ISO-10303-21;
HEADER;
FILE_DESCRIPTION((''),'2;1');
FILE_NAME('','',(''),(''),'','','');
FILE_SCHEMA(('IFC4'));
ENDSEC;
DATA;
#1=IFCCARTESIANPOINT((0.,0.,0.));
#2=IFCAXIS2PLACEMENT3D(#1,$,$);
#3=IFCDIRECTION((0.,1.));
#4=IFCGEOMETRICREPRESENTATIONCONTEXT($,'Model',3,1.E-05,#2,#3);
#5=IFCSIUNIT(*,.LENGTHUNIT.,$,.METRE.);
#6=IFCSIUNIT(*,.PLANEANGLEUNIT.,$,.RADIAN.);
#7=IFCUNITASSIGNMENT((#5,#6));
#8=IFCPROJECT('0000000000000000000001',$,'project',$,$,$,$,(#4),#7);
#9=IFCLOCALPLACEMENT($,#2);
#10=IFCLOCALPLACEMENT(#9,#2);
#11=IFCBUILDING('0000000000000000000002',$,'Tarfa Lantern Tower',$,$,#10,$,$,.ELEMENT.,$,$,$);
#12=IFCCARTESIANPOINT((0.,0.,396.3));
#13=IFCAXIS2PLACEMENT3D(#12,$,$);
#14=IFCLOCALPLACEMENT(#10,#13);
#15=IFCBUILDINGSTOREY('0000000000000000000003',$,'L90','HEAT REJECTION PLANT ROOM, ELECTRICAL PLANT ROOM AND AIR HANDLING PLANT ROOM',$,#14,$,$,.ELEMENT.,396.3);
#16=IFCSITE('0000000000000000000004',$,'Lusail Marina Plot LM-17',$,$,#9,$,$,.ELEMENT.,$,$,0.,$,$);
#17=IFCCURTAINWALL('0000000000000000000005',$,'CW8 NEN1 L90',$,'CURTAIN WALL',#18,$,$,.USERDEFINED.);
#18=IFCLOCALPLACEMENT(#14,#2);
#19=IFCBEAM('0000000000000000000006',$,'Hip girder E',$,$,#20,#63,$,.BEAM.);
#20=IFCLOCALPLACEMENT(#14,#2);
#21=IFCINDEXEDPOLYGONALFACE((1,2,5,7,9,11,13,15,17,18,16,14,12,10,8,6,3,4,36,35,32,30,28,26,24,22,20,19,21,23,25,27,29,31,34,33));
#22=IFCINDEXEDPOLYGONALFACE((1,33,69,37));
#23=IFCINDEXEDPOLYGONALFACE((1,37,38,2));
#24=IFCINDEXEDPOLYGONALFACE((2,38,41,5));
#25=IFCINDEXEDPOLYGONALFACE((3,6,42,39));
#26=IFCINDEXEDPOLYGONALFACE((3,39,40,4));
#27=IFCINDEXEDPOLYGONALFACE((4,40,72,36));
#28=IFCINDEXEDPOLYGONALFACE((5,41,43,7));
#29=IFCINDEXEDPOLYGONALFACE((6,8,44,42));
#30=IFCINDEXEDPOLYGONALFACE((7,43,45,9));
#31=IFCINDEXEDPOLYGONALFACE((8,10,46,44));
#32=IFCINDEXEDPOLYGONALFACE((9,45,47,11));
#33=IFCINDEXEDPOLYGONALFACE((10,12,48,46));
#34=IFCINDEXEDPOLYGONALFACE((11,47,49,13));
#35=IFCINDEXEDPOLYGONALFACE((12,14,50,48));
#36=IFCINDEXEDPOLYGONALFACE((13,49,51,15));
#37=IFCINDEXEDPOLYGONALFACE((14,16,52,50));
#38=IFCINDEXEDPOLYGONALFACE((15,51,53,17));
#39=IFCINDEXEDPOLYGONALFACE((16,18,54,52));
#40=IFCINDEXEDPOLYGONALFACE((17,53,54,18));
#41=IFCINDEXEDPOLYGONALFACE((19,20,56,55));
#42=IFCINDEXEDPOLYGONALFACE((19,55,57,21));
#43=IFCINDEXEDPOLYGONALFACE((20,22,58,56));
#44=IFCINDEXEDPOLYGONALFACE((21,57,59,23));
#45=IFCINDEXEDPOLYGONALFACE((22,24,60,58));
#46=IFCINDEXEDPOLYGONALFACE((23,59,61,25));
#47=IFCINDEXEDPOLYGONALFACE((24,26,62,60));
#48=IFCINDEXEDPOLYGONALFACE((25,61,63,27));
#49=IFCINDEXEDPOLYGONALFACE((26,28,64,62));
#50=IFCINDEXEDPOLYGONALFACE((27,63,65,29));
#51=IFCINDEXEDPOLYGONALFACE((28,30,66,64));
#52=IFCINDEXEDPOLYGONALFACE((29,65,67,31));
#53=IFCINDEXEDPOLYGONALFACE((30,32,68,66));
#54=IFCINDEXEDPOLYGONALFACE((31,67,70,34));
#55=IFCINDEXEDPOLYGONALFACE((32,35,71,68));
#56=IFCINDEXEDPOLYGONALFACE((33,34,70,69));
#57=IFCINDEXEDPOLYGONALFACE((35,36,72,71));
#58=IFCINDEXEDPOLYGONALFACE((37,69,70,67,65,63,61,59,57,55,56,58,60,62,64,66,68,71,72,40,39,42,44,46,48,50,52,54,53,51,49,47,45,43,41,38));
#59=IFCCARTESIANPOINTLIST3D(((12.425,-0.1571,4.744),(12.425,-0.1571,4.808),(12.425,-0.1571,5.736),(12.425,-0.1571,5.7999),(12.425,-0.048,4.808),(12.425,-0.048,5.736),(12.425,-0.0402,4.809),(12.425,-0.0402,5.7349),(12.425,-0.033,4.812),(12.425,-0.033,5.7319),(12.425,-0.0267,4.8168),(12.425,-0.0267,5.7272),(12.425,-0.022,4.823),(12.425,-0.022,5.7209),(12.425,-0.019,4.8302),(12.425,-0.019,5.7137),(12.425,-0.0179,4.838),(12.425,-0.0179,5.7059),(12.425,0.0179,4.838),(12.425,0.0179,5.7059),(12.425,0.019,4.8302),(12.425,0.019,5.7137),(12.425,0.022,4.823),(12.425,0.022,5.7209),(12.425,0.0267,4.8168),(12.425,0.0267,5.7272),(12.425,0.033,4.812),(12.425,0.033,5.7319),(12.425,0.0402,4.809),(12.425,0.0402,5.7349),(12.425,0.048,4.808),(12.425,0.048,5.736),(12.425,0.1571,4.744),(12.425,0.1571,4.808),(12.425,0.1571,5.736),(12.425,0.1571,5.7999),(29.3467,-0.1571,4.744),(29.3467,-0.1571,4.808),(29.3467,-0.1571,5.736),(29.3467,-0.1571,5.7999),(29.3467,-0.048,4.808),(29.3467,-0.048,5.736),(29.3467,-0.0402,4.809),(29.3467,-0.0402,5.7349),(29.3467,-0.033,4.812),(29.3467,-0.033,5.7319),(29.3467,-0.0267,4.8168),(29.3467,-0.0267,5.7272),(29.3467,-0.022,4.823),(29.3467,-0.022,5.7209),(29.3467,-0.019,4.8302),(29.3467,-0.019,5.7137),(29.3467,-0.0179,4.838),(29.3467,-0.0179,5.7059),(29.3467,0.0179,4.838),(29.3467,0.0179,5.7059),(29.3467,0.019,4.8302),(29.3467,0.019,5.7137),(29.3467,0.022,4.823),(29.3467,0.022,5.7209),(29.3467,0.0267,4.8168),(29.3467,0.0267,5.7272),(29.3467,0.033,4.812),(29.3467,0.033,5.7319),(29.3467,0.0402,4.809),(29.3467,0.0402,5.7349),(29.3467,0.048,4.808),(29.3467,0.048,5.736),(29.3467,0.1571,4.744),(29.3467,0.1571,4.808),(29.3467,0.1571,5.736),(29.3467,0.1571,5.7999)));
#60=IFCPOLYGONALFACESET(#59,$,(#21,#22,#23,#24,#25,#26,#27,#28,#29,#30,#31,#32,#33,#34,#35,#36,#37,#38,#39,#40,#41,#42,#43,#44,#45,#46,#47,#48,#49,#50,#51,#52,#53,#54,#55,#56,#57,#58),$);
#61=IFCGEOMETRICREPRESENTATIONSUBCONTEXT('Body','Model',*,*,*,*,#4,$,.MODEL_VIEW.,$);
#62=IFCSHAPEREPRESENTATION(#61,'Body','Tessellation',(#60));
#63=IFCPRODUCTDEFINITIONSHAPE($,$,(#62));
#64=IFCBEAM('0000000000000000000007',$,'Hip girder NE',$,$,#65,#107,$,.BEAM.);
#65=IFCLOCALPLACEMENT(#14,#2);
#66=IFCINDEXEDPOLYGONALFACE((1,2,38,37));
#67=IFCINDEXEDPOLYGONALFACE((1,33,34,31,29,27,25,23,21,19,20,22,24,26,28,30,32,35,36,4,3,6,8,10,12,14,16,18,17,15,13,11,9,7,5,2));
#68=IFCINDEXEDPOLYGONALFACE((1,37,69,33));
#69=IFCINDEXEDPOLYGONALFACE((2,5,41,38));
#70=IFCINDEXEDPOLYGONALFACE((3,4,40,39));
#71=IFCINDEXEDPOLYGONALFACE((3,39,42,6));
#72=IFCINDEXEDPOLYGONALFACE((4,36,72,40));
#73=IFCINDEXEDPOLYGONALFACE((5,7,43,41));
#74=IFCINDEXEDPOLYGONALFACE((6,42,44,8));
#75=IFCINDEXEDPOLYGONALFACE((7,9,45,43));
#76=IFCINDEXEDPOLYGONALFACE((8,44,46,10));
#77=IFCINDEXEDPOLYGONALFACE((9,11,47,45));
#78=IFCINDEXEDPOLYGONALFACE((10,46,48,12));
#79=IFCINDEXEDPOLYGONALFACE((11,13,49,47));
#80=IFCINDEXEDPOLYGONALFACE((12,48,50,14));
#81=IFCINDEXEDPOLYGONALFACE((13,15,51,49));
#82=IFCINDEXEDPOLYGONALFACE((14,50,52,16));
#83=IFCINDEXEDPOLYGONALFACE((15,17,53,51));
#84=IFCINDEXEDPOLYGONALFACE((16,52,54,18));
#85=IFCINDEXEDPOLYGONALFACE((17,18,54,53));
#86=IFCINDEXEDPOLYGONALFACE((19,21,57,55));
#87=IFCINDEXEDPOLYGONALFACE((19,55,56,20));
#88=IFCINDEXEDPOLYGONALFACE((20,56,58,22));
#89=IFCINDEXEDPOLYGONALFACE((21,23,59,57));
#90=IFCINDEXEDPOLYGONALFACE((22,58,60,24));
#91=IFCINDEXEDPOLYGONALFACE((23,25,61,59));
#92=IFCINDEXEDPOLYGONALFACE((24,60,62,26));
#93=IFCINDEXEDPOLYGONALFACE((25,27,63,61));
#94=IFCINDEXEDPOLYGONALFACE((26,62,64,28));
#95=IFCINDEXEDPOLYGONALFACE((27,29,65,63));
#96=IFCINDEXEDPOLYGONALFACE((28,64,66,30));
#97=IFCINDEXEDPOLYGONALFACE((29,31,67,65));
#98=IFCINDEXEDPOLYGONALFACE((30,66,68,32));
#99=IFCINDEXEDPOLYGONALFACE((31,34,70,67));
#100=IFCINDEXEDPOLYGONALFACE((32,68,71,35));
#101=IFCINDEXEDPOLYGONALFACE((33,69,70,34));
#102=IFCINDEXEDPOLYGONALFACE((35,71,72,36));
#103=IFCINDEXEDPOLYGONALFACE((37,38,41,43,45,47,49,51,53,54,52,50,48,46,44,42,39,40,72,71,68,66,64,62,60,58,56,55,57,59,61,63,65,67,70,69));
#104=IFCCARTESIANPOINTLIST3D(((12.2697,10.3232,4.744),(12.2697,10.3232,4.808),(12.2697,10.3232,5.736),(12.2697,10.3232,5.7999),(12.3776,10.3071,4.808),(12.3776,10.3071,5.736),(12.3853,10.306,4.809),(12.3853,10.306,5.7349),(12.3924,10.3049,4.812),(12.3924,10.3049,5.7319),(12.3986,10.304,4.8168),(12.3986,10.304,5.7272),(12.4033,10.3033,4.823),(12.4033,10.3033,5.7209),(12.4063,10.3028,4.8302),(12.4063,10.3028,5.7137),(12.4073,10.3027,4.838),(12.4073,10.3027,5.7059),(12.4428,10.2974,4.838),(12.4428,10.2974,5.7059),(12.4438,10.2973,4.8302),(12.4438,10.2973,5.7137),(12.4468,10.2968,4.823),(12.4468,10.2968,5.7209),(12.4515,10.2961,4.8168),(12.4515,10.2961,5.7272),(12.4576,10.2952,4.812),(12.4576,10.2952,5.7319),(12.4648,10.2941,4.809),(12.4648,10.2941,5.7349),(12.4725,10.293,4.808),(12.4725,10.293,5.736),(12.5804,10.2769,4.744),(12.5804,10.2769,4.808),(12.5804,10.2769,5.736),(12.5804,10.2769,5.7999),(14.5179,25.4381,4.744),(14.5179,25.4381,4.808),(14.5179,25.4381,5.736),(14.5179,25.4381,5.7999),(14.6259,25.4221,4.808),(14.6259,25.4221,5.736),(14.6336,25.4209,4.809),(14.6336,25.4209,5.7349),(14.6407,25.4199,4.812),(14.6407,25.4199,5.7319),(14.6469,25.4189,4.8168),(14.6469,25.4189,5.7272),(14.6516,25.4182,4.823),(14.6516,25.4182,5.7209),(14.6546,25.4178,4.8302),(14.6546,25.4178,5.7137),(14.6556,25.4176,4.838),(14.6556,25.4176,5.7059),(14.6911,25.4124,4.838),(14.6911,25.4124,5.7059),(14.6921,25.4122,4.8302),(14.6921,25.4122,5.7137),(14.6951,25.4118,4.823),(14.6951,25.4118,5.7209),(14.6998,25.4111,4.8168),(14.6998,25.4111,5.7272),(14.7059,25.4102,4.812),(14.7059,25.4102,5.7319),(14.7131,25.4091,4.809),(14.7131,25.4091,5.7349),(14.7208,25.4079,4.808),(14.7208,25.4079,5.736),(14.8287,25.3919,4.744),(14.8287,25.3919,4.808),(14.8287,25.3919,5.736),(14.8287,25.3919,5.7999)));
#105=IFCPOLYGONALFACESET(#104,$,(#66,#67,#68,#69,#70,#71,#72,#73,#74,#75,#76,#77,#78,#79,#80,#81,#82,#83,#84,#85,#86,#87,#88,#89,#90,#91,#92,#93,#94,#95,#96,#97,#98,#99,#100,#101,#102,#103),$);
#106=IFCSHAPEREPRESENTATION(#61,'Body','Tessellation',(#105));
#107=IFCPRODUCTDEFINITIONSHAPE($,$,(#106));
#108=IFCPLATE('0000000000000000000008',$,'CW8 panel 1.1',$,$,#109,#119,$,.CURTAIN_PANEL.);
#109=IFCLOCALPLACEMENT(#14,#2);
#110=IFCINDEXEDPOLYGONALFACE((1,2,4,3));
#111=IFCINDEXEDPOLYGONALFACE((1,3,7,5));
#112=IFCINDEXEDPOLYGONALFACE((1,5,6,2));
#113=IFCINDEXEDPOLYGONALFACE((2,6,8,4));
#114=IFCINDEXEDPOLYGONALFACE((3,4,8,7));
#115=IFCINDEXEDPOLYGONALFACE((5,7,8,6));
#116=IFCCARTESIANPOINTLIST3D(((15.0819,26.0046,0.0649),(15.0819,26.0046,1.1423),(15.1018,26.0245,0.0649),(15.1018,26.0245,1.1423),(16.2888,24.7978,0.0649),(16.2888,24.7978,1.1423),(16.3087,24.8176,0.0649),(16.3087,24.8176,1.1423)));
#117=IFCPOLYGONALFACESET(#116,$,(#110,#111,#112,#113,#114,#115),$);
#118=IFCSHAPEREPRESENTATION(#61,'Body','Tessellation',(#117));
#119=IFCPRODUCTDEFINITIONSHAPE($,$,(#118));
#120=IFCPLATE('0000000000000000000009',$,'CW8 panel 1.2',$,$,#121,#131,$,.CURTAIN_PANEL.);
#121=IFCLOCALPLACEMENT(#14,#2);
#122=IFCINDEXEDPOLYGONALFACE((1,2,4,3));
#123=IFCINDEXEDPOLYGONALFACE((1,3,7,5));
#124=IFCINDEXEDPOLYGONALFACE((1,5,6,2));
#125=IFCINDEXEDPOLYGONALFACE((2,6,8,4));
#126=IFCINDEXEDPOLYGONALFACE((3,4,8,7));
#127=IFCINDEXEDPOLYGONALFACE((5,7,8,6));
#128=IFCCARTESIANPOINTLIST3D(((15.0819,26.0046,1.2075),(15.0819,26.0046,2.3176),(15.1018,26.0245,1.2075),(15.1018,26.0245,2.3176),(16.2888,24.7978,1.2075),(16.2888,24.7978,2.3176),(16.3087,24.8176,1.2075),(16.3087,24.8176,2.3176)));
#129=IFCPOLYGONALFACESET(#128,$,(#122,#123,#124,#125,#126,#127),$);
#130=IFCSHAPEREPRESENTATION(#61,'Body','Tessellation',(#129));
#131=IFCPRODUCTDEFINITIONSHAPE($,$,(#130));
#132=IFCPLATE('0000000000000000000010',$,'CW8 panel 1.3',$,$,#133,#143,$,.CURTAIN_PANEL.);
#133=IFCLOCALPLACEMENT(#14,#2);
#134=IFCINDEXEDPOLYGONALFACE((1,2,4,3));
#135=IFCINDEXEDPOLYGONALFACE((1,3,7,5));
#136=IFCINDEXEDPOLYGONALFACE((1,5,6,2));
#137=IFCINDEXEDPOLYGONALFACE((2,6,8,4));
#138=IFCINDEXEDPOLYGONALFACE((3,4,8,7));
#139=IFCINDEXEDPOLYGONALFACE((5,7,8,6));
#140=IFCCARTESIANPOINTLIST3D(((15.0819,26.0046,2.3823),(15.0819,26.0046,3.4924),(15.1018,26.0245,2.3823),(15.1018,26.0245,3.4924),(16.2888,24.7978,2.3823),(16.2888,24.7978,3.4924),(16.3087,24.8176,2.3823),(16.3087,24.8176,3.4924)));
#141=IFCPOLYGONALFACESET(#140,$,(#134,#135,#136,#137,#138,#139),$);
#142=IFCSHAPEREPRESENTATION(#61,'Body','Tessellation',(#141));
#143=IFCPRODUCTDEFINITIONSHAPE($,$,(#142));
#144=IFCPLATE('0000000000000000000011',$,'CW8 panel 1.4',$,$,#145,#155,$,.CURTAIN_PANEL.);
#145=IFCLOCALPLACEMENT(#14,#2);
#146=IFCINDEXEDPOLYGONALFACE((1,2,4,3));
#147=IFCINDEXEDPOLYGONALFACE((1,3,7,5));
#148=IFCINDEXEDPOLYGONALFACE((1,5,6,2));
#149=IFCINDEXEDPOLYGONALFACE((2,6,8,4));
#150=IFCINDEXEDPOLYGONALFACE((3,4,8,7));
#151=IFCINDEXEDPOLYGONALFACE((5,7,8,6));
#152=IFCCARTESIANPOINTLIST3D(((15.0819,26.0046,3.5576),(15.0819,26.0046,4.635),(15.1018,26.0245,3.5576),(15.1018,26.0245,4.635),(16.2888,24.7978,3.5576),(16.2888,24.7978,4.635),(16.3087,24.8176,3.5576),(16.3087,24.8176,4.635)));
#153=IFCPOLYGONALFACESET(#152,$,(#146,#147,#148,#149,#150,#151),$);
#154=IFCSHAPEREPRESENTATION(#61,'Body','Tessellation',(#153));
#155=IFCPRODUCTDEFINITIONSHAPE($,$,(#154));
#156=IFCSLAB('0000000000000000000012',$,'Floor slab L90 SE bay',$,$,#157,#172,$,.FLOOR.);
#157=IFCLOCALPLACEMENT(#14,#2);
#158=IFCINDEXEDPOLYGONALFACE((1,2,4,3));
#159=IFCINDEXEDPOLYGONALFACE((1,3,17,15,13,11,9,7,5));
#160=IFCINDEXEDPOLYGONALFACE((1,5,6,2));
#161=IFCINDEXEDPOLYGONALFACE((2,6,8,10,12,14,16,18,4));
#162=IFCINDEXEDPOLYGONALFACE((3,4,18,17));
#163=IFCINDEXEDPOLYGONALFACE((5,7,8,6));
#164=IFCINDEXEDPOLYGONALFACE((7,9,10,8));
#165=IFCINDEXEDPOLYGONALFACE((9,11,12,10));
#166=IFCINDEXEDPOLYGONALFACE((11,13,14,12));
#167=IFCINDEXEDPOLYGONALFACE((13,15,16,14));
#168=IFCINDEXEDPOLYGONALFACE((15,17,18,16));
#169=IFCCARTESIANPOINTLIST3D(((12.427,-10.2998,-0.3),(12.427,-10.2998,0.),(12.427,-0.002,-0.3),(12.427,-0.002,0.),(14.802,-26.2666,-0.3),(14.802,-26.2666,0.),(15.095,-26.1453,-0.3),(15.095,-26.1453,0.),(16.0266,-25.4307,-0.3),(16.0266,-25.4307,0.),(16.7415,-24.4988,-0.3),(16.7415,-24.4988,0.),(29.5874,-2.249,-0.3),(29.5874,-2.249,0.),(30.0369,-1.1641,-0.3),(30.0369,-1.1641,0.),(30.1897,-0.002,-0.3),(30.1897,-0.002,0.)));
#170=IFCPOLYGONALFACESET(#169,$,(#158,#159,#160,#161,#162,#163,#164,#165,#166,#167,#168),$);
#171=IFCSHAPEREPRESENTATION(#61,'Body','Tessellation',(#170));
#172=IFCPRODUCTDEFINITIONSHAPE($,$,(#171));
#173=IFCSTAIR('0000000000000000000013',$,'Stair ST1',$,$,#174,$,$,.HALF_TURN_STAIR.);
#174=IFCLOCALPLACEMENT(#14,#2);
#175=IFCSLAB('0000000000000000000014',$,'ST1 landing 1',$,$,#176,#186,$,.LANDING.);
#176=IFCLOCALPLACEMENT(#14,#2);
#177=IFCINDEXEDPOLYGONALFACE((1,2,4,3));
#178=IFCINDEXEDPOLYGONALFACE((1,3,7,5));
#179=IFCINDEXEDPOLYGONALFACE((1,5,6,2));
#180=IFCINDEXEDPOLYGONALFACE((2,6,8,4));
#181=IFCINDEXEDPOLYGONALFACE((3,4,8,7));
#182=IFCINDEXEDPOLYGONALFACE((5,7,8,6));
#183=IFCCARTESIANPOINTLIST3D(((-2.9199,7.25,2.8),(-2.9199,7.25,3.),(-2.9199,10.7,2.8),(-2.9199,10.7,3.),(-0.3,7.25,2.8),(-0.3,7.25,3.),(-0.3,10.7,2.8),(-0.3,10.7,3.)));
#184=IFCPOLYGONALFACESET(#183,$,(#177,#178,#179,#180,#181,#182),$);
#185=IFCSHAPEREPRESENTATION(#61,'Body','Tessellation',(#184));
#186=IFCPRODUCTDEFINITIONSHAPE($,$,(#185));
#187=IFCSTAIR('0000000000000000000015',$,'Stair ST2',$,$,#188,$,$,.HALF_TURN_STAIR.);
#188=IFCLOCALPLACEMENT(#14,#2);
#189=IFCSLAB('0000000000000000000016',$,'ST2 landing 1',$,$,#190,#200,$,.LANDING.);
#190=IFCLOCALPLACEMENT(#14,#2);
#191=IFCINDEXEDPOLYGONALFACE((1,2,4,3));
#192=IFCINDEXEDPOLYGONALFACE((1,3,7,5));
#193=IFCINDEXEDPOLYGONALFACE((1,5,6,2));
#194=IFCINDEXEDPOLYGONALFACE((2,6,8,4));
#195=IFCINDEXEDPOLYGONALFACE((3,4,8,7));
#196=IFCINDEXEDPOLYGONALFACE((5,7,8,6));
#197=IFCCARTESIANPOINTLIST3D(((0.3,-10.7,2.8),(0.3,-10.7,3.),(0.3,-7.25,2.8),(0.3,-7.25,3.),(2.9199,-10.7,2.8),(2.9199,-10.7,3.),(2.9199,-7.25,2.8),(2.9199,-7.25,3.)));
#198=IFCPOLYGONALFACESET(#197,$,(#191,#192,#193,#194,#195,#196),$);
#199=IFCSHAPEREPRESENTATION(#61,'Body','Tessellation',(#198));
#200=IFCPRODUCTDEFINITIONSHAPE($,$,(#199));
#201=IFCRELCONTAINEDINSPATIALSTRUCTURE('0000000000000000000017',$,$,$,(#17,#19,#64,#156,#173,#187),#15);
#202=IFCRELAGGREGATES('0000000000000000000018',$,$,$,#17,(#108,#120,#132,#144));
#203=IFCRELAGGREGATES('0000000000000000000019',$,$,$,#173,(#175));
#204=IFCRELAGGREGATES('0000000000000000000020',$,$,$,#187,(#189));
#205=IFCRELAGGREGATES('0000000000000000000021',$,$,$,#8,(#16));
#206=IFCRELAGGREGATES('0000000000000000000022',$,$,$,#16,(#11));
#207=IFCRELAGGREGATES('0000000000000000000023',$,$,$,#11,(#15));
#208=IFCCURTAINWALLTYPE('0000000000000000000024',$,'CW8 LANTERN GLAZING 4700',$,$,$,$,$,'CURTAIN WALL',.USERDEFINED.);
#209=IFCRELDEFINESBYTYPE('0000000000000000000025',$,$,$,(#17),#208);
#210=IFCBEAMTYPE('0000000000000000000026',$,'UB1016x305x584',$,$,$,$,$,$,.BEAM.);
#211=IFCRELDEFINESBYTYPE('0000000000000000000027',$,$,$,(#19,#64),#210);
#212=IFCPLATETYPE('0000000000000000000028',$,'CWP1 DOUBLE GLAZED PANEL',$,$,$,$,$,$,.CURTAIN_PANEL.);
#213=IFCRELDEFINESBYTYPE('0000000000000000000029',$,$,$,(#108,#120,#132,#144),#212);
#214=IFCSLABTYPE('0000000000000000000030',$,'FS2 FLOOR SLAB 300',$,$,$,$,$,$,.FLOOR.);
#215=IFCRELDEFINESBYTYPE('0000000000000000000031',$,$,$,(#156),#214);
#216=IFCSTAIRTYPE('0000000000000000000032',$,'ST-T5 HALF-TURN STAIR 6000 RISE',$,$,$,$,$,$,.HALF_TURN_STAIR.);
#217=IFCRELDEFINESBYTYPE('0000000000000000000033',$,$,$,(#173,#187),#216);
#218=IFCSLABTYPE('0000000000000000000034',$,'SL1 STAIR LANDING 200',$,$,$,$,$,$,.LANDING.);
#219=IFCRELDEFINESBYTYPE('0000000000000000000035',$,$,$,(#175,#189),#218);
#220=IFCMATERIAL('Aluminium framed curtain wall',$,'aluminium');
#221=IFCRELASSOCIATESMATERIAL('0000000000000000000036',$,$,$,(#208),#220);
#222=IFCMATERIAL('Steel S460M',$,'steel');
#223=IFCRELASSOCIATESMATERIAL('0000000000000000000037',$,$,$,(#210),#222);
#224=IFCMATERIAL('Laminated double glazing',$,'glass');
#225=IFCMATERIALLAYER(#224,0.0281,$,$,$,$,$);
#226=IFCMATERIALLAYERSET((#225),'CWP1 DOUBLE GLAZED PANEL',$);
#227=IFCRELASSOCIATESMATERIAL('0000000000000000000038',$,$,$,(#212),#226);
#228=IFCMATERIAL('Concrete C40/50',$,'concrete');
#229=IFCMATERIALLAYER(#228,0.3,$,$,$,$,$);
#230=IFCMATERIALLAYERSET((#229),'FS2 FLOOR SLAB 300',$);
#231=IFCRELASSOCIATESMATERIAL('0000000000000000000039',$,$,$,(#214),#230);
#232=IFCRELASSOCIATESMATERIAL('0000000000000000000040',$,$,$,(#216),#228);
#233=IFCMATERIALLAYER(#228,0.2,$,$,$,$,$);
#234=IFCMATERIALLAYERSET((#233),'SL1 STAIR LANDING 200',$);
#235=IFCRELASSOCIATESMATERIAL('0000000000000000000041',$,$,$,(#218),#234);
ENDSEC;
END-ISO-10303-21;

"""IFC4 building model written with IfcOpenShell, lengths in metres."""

from ifc_helpers import new_model, si_unit, direction, frame, origin, origin_2d, place, context, subcontext, project, spatial, polyline, rectangle, i_section, outline, extrude, material, layer, layer_set, material_profile, profile_set, type_object, element, aggregate, save


model = new_model("IFC4")

# Units and contexts
model_context = context("Model", 3, precision=1e-05, world=origin(), true_north=direction((0.0, 1.0)))
body_context = subcontext(model_context, "Body", "Model", "MODEL_VIEW")
ifc_project = project(units=[si_unit("LENGTHUNIT", "METRE"), si_unit("PLANEANGLEUNIT", "RADIAN")], contexts=[model_context])

# Site, building, storey
site_placement = place(None, origin())
site = spatial("IfcSite", under=ifc_project, at=site_placement, Name="Lusail Marina Plot LM-17", CompositionType="ELEMENT", RefElevation=0.0)
building_placement = place(site_placement, origin())
building = spatial("IfcBuilding", under=site, at=building_placement, Name="Tarfa Lantern Tower", CompositionType="ELEMENT")
storey_placement = place(building_placement, frame((0.0, 0.0, 396.3)))
storey = spatial("IfcBuildingStorey", under=building, at=storey_placement, Name="L90", Description="HEAT REJECTION PLANT ROOM, ELECTRICAL PLANT ROOM AND AIR HANDLING PLANT ROOM", CompositionType="ELEMENT", Elevation=396.3)

# Curtain wall
ifc_material_1 = material(Name="Aluminium framed curtain wall", Category="aluminium")
curtain_wall_type = type_object("IfcCurtainWallType", Name="CW8 LANTERN GLAZING 4700", ElementType="CURTAIN WALL", PredefinedType="USERDEFINED", material=ifc_material_1)
curtain_wall_1_placement = place(storey_placement, origin())
curtain_wall_1 = element("IfcCurtainWall", 1, at=curtain_wall_1_placement, inside=storey, type_object=curtain_wall_type, Name="CW8 NEN1 L90", ObjectType="CURTAIN WALL", PredefinedType="USERDEFINED")

# Beams
ifc_material_2 = material(Name="Steel S460M", Category="steel")
ifc_material_profile_1 = material_profile(ifc_material_2, i_section(OverallWidth=0.3142, OverallDepth=1.0559, WebThickness=0.0359, FlangeThickness=0.064, FilletRadius=0.03, at=origin_2d()), Name="UB1016x305x584")
ifc_profile_set_1 = profile_set([ifc_material_profile_1], Name="Steel S460M")
beam_type = type_object("IfcBeamType", Name="UB1016x305x584", PredefinedType="BEAM", material=ifc_profile_set_1)
beam_1_placement = place(storey_placement, frame((12.425, 0.0, 5.272), z_axis=(1.0, 0.0, 0.0), x_axis=(0.0, 1.0, 0.0)))
element("IfcBeam", 2, at=beam_1_placement, inside=storey, type_object=beam_type, Name="Hip girder E", PredefinedType="BEAM", context=body_context, shape_type="SweptSolid", body=[
    extrude(i_section(OverallWidth=0.3142, OverallDepth=1.0559, WebThickness=0.0359, FlangeThickness=0.064, FilletRadius=0.03, at=origin_2d()), origin(), (0.0, 0.0, 1.0), 16.9216),
])
beam_2_placement = place(storey_placement, frame((12.425, 10.3, 5.272), z_axis=(0.147127, 0.989118, 0.0), x_axis=(-0.989118, 0.147127, 0.0)))
element("IfcBeam", 3, at=beam_2_placement, inside=storey, type_object=beam_type, Name="Hip girder NE", PredefinedType="BEAM", context=body_context, shape_type="SweptSolid", body=[
    extrude(i_section(OverallWidth=0.3142, OverallDepth=1.0559, WebThickness=0.0359, FlangeThickness=0.064, FilletRadius=0.03, at=origin_2d()), origin(), (0.0, 0.0, 1.0), 15.2812),
])

# Plates
ifc_material_3 = material(Name="Laminated double glazing", Category="glass")
ifc_layer_1 = layer(ifc_material_3, 0.0281)
ifc_layer_set_1 = layer_set([ifc_layer_1], Name="CWP1 DOUBLE GLAZED PANEL")
plate_type = type_object("IfcPlateType", Name="CWP1 DOUBLE GLAZED PANEL", PredefinedType="CURTAIN_PANEL", material=ifc_layer_set_1)
plate_1_placement = place(storey_placement, frame((15.6953, 25.4111, 0.0649), z_axis=(0.0, 0.0, 1.0), x_axis=(-0.707107, 0.707107, 0.0)))
plate_1 = element("IfcPlate", 4, at=plate_1_placement, type_object=plate_type, Name="CW8 panel 1.1", PredefinedType="CURTAIN_PANEL", context=body_context, shape_type="SweptSolid", body=[
    extrude(rectangle(XDim=1.7068, YDim=0.0281, at=origin_2d()), origin(), (0.0, 0.0, 1.0), 1.0774),
])
plate_2_placement = place(storey_placement, frame((15.6953, 25.4111, 1.2075), z_axis=(0.0, 0.0, 1.0), x_axis=(-0.707107, 0.707107, 0.0)))
plate_2 = element("IfcPlate", 5, at=plate_2_placement, type_object=plate_type, Name="CW8 panel 1.2", PredefinedType="CURTAIN_PANEL", context=body_context, shape_type="SweptSolid", body=[
    extrude(rectangle(XDim=1.7068, YDim=0.0281, at=origin_2d()), origin(), (0.0, 0.0, 1.0), 1.1101),
])
plate_3_placement = place(storey_placement, frame((15.6953, 25.4111, 2.3823), z_axis=(0.0, 0.0, 1.0), x_axis=(-0.707107, 0.707107, 0.0)))
plate_3 = element("IfcPlate", 6, at=plate_3_placement, type_object=plate_type, Name="CW8 panel 1.3", PredefinedType="CURTAIN_PANEL", context=body_context, shape_type="SweptSolid", body=[
    extrude(rectangle(XDim=1.7068, YDim=0.0281, at=origin_2d()), origin(), (0.0, 0.0, 1.0), 1.1101),
])
plate_4_placement = place(storey_placement, frame((15.6953, 25.4111, 3.5576), z_axis=(0.0, 0.0, 1.0), x_axis=(-0.707107, 0.707107, 0.0)))
plate_4 = element("IfcPlate", 7, at=plate_4_placement, type_object=plate_type, Name="CW8 panel 1.4", PredefinedType="CURTAIN_PANEL", context=body_context, shape_type="SweptSolid", body=[
    extrude(rectangle(XDim=1.7068, YDim=0.0281, at=origin_2d()), origin(), (0.0, 0.0, 1.0), 1.0774),
])
aggregate(curtain_wall_1, [plate_1, plate_2, plate_3, plate_4])

# Slab
ifc_material_4 = material(Name="Concrete C40/50", Category="concrete")
ifc_layer_2 = layer(ifc_material_4, 0.3)
ifc_layer_set_2 = layer_set([ifc_layer_2], Name="FS2 FLOOR SLAB 300")
slab_type_1 = type_object("IfcSlabType", Name="FS2 FLOOR SLAB 300", PredefinedType="FLOOR", material=ifc_layer_set_2)
slab_1_placement = place(storey_placement, frame((0.0, 0.0, -0.3)))
element("IfcSlab", 8, at=slab_1_placement, inside=storey, type_object=slab_type_1, Name="Floor slab L90 SE bay", PredefinedType="FLOOR", context=body_context, shape_type="SweptSolid", body=[
    extrude(outline(polyline([(12.427, -0.002), (12.427, -10.2998), (14.802, -26.2666), (15.095, -26.1453), (16.0266, -25.4307), (16.7415, -24.4988), (29.5874, -2.249), (30.0369, -1.1641), (30.1897, -0.002), (12.427, -0.002)])), origin(), (0.0, 0.0, 1.0), 0.3),
])

# Stairs, slabs
stair_type = type_object("IfcStairType", Name="ST-T5 HALF-TURN STAIR 6000 RISE", PredefinedType="HALF_TURN_STAIR", material=ifc_material_4)
stair_1_placement = place(storey_placement, origin())
stair_1 = element("IfcStair", 9, at=stair_1_placement, inside=storey, type_object=stair_type, Name="Stair ST1", PredefinedType="HALF_TURN_STAIR")
ifc_layer_3 = layer(ifc_material_4, 0.2)
ifc_layer_set_3 = layer_set([ifc_layer_3], Name="SL1 STAIR LANDING 200")
slab_type_2 = type_object("IfcSlabType", Name="SL1 STAIR LANDING 200", PredefinedType="LANDING", material=ifc_layer_set_3)
slab_2_placement = place(storey_placement, frame((0.0, 0.0, 2.8)))
slab_2 = element("IfcSlab", 10, at=slab_2_placement, type_object=slab_type_2, Name="ST1 landing 1", PredefinedType="LANDING", context=body_context, shape_type="SweptSolid", body=[
    extrude(outline(polyline([(-2.9199, 7.25), (-0.3, 7.25), (-0.3, 10.7), (-2.9199, 10.7), (-2.9199, 7.25)])), origin(), (0.0, 0.0, 1.0), 0.2),
])
aggregate(stair_1, [slab_2])
stair_2_placement = place(storey_placement, origin())
stair_2 = element("IfcStair", 11, at=stair_2_placement, inside=storey, type_object=stair_type, Name="Stair ST2", PredefinedType="HALF_TURN_STAIR")
slab_3_placement = place(storey_placement, frame((0.0, 0.0, 2.8)))
slab_3 = element("IfcSlab", 12, at=slab_3_placement, type_object=slab_type_2, Name="ST2 landing 1", PredefinedType="LANDING", context=body_context, shape_type="SweptSolid", body=[
    extrude(outline(polyline([(2.9199, -7.25), (0.3, -7.25), (0.3, -10.7), (2.9199, -10.7), (2.9199, -7.25)])), origin(), (0.0, 0.0, 1.0), 0.2),
])
aggregate(stair_2, [slab_3])

save(model, "model.ifc")
